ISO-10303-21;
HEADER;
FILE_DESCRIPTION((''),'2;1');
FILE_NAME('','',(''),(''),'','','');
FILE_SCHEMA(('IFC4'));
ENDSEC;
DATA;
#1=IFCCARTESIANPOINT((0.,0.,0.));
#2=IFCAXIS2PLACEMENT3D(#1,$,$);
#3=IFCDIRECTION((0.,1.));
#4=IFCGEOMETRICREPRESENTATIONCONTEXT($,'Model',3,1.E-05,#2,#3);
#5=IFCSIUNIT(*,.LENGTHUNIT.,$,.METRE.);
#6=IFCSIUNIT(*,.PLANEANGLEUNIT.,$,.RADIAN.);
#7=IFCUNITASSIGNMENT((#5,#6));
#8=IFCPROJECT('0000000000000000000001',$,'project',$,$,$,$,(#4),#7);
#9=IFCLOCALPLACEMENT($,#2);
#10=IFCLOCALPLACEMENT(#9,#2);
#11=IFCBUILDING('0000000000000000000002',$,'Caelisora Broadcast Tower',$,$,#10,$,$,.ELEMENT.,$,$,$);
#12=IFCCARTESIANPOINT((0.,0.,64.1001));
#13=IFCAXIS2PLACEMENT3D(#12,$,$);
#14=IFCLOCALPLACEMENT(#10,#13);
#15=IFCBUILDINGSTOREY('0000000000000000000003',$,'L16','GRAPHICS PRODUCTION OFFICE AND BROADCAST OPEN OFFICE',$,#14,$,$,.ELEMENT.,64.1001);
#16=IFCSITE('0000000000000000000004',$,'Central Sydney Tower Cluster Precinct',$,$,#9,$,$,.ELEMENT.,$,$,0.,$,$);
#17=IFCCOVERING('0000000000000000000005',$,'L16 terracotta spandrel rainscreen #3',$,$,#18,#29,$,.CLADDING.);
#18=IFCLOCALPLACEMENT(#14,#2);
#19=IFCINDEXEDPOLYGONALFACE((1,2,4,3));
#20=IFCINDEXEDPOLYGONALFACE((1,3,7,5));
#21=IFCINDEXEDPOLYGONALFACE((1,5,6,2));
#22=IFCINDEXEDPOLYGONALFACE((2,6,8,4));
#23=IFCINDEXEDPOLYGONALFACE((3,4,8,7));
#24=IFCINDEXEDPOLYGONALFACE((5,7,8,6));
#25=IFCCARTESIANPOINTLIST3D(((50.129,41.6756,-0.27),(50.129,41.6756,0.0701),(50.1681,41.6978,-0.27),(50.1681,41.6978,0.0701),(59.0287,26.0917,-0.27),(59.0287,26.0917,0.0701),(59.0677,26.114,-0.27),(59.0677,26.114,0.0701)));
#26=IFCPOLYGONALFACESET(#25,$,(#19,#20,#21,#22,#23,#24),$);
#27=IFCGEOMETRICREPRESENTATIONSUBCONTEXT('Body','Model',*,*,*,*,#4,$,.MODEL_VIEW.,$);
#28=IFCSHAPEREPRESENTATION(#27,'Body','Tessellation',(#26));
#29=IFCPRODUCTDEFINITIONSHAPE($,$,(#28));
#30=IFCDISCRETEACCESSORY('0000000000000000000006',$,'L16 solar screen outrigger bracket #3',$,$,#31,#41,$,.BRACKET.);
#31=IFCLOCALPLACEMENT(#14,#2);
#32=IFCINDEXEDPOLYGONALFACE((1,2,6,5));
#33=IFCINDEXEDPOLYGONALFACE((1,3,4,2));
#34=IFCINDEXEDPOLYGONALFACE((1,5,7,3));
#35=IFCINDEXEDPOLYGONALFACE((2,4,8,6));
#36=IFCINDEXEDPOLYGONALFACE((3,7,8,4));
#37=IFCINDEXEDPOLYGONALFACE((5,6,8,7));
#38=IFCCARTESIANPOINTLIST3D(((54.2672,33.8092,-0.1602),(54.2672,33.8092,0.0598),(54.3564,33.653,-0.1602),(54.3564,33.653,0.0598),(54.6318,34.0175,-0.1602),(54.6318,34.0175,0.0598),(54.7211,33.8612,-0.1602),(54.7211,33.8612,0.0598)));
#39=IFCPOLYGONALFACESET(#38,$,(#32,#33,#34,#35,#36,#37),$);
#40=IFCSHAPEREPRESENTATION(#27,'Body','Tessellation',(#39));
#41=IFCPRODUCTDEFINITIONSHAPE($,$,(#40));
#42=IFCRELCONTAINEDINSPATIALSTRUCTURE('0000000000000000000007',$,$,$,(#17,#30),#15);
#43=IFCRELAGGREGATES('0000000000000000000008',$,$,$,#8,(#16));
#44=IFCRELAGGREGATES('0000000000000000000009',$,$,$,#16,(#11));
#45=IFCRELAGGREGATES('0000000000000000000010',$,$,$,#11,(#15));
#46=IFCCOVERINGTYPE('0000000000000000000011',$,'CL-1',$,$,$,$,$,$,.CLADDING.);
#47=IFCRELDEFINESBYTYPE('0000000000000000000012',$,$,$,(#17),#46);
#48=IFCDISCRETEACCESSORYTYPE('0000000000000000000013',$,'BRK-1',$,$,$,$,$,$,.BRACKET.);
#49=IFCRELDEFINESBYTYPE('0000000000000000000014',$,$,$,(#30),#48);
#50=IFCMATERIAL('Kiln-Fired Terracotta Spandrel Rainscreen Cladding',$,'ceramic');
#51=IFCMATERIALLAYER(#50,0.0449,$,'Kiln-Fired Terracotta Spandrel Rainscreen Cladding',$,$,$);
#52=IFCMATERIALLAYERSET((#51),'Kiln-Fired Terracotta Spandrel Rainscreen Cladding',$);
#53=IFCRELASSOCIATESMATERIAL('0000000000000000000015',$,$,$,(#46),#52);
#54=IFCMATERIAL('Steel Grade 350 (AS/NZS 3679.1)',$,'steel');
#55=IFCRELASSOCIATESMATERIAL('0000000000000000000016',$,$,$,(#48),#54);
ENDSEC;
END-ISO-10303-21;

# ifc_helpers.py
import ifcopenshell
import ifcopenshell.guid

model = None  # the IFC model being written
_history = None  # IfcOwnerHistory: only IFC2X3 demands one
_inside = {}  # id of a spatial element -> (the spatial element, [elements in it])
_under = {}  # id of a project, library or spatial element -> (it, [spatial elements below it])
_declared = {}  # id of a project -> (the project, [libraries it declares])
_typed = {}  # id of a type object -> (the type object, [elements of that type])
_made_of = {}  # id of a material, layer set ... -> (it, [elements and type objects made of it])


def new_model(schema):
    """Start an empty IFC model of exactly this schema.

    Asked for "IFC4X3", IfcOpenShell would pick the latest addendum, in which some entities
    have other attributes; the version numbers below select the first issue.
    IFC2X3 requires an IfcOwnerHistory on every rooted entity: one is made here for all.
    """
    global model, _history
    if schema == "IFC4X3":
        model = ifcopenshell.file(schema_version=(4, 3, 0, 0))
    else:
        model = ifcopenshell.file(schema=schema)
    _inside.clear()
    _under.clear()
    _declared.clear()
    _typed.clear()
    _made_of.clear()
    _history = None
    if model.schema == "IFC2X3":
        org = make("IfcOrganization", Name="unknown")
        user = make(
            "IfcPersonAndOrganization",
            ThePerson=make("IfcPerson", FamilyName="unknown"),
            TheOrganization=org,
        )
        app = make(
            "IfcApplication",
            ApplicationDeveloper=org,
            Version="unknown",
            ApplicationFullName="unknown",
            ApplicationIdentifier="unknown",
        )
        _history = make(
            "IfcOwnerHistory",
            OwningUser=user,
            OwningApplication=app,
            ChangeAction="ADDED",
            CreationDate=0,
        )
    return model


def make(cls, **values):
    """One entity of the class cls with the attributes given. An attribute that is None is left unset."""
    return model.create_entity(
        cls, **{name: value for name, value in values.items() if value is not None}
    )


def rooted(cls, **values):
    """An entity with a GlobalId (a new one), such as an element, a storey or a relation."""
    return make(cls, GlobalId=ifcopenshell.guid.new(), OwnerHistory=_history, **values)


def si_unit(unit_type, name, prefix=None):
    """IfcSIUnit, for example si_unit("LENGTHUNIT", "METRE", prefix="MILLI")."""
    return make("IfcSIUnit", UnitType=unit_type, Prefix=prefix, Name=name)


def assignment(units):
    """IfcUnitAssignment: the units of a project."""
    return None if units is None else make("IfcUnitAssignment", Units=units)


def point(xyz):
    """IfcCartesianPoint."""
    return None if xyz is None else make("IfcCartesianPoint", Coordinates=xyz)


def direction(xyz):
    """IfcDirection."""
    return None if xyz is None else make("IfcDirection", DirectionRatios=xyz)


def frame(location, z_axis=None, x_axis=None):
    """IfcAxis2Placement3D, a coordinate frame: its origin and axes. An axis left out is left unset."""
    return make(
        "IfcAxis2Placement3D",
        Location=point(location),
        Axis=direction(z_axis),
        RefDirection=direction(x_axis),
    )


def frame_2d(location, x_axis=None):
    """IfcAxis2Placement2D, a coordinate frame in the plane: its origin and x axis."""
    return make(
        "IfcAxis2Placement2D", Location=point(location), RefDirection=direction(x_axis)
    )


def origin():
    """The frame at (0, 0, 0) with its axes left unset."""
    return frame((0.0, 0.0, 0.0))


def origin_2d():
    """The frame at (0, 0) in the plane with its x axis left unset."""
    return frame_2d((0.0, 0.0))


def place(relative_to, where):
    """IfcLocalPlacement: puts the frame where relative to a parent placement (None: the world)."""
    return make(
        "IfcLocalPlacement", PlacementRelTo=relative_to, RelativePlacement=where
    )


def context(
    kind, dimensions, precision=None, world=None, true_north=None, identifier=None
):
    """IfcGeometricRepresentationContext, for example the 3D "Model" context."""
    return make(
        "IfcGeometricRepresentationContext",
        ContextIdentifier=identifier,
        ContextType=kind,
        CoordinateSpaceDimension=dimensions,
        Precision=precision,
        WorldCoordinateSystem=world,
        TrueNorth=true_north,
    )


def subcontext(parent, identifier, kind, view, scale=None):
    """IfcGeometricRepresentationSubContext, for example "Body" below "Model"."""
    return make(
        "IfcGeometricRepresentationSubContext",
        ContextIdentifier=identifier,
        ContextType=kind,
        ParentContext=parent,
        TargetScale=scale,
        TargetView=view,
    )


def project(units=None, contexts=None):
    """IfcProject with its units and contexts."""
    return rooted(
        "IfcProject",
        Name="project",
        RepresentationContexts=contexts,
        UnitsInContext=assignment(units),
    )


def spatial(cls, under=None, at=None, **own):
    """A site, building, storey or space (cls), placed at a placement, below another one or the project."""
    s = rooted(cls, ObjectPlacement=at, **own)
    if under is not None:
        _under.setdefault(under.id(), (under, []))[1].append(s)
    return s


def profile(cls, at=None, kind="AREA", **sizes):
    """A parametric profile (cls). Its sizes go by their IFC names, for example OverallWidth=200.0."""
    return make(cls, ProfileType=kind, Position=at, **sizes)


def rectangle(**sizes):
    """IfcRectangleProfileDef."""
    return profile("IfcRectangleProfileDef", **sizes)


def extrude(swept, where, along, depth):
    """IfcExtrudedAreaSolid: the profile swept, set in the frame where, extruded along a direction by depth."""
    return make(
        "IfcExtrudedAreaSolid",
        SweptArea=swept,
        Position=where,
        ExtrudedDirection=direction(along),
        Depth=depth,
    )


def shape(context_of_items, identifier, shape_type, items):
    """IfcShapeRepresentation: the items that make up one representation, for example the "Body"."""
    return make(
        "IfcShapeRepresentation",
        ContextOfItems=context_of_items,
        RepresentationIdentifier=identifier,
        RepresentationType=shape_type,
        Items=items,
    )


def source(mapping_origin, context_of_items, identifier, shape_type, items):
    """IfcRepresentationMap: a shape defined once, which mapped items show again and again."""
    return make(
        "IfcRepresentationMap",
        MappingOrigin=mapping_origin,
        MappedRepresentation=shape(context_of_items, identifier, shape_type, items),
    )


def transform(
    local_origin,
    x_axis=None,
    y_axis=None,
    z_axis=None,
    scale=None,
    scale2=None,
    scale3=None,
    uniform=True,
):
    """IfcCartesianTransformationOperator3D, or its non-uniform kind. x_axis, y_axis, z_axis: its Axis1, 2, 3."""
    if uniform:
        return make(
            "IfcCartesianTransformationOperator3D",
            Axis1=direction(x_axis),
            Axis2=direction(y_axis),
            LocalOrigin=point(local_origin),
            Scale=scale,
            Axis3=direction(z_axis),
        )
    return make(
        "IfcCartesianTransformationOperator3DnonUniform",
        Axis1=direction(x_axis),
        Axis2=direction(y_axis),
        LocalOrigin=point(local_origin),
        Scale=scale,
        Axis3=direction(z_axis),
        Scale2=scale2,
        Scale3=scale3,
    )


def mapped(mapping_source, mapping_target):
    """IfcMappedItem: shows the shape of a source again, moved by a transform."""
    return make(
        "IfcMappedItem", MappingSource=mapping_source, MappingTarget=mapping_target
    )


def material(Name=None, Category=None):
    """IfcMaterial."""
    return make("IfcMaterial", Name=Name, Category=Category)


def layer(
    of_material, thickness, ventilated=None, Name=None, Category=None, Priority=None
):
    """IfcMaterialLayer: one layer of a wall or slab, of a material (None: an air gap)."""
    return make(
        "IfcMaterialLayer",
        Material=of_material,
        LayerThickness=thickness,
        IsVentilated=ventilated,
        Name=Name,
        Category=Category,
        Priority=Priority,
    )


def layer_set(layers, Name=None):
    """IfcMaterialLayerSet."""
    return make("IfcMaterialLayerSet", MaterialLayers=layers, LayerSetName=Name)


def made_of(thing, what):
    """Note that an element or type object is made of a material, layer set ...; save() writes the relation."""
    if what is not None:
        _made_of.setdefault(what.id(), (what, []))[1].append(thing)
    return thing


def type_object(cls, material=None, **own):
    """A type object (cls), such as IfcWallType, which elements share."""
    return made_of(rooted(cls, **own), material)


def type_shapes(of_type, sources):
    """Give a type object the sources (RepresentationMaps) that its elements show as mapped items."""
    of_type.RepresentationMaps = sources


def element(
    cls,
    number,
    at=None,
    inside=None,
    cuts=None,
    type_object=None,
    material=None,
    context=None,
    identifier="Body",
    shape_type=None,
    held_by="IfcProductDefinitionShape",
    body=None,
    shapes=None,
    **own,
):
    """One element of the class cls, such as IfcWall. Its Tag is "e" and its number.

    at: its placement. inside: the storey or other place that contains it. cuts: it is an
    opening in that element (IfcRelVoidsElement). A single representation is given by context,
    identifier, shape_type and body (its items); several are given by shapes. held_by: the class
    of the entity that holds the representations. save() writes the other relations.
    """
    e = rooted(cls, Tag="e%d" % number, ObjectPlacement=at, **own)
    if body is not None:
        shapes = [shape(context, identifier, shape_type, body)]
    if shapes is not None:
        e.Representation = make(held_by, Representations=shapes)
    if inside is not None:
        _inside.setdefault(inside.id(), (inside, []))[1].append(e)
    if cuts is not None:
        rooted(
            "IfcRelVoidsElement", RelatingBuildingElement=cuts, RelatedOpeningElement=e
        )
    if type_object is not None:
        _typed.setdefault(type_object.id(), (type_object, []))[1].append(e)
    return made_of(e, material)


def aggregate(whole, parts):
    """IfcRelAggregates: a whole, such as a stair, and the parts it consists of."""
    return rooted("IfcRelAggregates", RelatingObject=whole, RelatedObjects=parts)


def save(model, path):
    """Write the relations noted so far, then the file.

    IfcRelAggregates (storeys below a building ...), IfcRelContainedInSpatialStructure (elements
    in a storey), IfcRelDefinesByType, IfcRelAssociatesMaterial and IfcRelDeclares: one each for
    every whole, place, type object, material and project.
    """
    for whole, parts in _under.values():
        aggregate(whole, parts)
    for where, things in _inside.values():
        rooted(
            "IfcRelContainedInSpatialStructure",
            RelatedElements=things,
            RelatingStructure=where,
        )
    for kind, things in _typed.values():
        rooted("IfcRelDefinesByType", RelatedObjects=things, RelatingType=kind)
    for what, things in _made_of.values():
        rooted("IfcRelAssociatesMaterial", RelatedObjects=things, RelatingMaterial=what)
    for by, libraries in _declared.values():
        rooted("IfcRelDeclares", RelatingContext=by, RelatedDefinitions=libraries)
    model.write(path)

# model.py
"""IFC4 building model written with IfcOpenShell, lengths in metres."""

from ifc_helpers import new_model, si_unit, direction, frame, origin, origin_2d, place, context, subcontext, project, spatial, rectangle, extrude, source, transform, mapped, material, layer, layer_set, type_object, type_shapes, element, save


model = new_model("IFC4")

# Units and contexts
model_context = context("Model", 3, precision=1e-05, world=origin(), true_north=direction((0.0, 1.0)))
body_context = subcontext(model_context, "Body", "Model", "MODEL_VIEW")
ifc_project = project(units=[si_unit("LENGTHUNIT", "METRE"), si_unit("PLANEANGLEUNIT", "RADIAN")], contexts=[model_context])

# Site, building, storey
site_placement = place(None, origin())
site = spatial("IfcSite", under=ifc_project, at=site_placement, Name="Central Sydney Tower Cluster Precinct", CompositionType="ELEMENT", RefElevation=0.0)
building_placement = place(site_placement, origin())
building = spatial("IfcBuilding", under=site, at=building_placement, Name="Caelisora Broadcast Tower", CompositionType="ELEMENT")
storey_placement = place(building_placement, frame((0.0, 0.0, 64.1001)))
storey = spatial("IfcBuildingStorey", under=building, at=storey_placement, Name="L16", Description="GRAPHICS PRODUCTION OFFICE AND BROADCAST OPEN OFFICE", CompositionType="ELEMENT", Elevation=64.1001)

# Shared definitions
ifc_material_1 = material(Name="Steel Grade 350 (AS/NZS 3679.1)", Category="steel")

# Covering
ifc_material_2 = material(Name="Kiln-Fired Terracotta Spandrel Rainscreen Cladding", Category="ceramic")
ifc_layer_1 = layer(ifc_material_2, 0.0449, Name="Kiln-Fired Terracotta Spandrel Rainscreen Cladding")
ifc_layer_set_1 = layer_set([ifc_layer_1], Name="Kiln-Fired Terracotta Spandrel Rainscreen Cladding")
covering_type = type_object("IfcCoveringType", Name="CL-1", PredefinedType="CLADDING", material=ifc_layer_set_1)
shared_shape_1 = source(origin(), body_context, "Body", "SweptSolid", [
    extrude(rectangle(XDim=17.946, YDim=0.0449, at=origin_2d()), origin(), (0.0, 0.0, 1.0), 0.3401),
])
type_shapes(covering_type, [shared_shape_1])
covering_placement = place(storey_placement, frame((54.5984, 33.8948, -0.27), z_axis=(0.0, 0.0, 1.0), x_axis=(-0.495913, 0.868372, 0.0)))
element("IfcCovering", 1, at=covering_placement, inside=storey, type_object=covering_type, Name="L16 terracotta spandrel rainscreen #3", PredefinedType="CLADDING", context=body_context, shape_type="MappedRepresentation", body=[
    mapped(shared_shape_1, transform((0.0, 0.0, 0.0), scale=1.0)),
])

# Discrete accessory
discrete_accessory_type = type_object("IfcDiscreteAccessoryType", Name="BRK-1", PredefinedType="BRACKET", material=ifc_material_1)
shared_shape_2 = source(origin(), body_context, "Body", "SweptSolid", [
    extrude(rectangle(XDim=0.1799, YDim=0.4199, at=origin_2d()), origin(), (0.0, 0.0, 1.0), 0.22),
])
type_shapes(discrete_accessory_type, [shared_shape_2])
discrete_accessory_placement = place(storey_placement, frame((54.4941, 33.8352, -0.1602), z_axis=(0.0, 0.0, 1.0), x_axis=(-0.495913, 0.868372, 0.0)))
element("IfcDiscreteAccessory", 2, at=discrete_accessory_placement, inside=storey, type_object=discrete_accessory_type, Name="L16 solar screen outrigger bracket #3", PredefinedType="BRACKET", context=body_context, shape_type="MappedRepresentation", body=[
    mapped(shared_shape_2, transform((0.0, 0.0, 0.0), scale=1.0)),
])

save(model, "model.ifc")
